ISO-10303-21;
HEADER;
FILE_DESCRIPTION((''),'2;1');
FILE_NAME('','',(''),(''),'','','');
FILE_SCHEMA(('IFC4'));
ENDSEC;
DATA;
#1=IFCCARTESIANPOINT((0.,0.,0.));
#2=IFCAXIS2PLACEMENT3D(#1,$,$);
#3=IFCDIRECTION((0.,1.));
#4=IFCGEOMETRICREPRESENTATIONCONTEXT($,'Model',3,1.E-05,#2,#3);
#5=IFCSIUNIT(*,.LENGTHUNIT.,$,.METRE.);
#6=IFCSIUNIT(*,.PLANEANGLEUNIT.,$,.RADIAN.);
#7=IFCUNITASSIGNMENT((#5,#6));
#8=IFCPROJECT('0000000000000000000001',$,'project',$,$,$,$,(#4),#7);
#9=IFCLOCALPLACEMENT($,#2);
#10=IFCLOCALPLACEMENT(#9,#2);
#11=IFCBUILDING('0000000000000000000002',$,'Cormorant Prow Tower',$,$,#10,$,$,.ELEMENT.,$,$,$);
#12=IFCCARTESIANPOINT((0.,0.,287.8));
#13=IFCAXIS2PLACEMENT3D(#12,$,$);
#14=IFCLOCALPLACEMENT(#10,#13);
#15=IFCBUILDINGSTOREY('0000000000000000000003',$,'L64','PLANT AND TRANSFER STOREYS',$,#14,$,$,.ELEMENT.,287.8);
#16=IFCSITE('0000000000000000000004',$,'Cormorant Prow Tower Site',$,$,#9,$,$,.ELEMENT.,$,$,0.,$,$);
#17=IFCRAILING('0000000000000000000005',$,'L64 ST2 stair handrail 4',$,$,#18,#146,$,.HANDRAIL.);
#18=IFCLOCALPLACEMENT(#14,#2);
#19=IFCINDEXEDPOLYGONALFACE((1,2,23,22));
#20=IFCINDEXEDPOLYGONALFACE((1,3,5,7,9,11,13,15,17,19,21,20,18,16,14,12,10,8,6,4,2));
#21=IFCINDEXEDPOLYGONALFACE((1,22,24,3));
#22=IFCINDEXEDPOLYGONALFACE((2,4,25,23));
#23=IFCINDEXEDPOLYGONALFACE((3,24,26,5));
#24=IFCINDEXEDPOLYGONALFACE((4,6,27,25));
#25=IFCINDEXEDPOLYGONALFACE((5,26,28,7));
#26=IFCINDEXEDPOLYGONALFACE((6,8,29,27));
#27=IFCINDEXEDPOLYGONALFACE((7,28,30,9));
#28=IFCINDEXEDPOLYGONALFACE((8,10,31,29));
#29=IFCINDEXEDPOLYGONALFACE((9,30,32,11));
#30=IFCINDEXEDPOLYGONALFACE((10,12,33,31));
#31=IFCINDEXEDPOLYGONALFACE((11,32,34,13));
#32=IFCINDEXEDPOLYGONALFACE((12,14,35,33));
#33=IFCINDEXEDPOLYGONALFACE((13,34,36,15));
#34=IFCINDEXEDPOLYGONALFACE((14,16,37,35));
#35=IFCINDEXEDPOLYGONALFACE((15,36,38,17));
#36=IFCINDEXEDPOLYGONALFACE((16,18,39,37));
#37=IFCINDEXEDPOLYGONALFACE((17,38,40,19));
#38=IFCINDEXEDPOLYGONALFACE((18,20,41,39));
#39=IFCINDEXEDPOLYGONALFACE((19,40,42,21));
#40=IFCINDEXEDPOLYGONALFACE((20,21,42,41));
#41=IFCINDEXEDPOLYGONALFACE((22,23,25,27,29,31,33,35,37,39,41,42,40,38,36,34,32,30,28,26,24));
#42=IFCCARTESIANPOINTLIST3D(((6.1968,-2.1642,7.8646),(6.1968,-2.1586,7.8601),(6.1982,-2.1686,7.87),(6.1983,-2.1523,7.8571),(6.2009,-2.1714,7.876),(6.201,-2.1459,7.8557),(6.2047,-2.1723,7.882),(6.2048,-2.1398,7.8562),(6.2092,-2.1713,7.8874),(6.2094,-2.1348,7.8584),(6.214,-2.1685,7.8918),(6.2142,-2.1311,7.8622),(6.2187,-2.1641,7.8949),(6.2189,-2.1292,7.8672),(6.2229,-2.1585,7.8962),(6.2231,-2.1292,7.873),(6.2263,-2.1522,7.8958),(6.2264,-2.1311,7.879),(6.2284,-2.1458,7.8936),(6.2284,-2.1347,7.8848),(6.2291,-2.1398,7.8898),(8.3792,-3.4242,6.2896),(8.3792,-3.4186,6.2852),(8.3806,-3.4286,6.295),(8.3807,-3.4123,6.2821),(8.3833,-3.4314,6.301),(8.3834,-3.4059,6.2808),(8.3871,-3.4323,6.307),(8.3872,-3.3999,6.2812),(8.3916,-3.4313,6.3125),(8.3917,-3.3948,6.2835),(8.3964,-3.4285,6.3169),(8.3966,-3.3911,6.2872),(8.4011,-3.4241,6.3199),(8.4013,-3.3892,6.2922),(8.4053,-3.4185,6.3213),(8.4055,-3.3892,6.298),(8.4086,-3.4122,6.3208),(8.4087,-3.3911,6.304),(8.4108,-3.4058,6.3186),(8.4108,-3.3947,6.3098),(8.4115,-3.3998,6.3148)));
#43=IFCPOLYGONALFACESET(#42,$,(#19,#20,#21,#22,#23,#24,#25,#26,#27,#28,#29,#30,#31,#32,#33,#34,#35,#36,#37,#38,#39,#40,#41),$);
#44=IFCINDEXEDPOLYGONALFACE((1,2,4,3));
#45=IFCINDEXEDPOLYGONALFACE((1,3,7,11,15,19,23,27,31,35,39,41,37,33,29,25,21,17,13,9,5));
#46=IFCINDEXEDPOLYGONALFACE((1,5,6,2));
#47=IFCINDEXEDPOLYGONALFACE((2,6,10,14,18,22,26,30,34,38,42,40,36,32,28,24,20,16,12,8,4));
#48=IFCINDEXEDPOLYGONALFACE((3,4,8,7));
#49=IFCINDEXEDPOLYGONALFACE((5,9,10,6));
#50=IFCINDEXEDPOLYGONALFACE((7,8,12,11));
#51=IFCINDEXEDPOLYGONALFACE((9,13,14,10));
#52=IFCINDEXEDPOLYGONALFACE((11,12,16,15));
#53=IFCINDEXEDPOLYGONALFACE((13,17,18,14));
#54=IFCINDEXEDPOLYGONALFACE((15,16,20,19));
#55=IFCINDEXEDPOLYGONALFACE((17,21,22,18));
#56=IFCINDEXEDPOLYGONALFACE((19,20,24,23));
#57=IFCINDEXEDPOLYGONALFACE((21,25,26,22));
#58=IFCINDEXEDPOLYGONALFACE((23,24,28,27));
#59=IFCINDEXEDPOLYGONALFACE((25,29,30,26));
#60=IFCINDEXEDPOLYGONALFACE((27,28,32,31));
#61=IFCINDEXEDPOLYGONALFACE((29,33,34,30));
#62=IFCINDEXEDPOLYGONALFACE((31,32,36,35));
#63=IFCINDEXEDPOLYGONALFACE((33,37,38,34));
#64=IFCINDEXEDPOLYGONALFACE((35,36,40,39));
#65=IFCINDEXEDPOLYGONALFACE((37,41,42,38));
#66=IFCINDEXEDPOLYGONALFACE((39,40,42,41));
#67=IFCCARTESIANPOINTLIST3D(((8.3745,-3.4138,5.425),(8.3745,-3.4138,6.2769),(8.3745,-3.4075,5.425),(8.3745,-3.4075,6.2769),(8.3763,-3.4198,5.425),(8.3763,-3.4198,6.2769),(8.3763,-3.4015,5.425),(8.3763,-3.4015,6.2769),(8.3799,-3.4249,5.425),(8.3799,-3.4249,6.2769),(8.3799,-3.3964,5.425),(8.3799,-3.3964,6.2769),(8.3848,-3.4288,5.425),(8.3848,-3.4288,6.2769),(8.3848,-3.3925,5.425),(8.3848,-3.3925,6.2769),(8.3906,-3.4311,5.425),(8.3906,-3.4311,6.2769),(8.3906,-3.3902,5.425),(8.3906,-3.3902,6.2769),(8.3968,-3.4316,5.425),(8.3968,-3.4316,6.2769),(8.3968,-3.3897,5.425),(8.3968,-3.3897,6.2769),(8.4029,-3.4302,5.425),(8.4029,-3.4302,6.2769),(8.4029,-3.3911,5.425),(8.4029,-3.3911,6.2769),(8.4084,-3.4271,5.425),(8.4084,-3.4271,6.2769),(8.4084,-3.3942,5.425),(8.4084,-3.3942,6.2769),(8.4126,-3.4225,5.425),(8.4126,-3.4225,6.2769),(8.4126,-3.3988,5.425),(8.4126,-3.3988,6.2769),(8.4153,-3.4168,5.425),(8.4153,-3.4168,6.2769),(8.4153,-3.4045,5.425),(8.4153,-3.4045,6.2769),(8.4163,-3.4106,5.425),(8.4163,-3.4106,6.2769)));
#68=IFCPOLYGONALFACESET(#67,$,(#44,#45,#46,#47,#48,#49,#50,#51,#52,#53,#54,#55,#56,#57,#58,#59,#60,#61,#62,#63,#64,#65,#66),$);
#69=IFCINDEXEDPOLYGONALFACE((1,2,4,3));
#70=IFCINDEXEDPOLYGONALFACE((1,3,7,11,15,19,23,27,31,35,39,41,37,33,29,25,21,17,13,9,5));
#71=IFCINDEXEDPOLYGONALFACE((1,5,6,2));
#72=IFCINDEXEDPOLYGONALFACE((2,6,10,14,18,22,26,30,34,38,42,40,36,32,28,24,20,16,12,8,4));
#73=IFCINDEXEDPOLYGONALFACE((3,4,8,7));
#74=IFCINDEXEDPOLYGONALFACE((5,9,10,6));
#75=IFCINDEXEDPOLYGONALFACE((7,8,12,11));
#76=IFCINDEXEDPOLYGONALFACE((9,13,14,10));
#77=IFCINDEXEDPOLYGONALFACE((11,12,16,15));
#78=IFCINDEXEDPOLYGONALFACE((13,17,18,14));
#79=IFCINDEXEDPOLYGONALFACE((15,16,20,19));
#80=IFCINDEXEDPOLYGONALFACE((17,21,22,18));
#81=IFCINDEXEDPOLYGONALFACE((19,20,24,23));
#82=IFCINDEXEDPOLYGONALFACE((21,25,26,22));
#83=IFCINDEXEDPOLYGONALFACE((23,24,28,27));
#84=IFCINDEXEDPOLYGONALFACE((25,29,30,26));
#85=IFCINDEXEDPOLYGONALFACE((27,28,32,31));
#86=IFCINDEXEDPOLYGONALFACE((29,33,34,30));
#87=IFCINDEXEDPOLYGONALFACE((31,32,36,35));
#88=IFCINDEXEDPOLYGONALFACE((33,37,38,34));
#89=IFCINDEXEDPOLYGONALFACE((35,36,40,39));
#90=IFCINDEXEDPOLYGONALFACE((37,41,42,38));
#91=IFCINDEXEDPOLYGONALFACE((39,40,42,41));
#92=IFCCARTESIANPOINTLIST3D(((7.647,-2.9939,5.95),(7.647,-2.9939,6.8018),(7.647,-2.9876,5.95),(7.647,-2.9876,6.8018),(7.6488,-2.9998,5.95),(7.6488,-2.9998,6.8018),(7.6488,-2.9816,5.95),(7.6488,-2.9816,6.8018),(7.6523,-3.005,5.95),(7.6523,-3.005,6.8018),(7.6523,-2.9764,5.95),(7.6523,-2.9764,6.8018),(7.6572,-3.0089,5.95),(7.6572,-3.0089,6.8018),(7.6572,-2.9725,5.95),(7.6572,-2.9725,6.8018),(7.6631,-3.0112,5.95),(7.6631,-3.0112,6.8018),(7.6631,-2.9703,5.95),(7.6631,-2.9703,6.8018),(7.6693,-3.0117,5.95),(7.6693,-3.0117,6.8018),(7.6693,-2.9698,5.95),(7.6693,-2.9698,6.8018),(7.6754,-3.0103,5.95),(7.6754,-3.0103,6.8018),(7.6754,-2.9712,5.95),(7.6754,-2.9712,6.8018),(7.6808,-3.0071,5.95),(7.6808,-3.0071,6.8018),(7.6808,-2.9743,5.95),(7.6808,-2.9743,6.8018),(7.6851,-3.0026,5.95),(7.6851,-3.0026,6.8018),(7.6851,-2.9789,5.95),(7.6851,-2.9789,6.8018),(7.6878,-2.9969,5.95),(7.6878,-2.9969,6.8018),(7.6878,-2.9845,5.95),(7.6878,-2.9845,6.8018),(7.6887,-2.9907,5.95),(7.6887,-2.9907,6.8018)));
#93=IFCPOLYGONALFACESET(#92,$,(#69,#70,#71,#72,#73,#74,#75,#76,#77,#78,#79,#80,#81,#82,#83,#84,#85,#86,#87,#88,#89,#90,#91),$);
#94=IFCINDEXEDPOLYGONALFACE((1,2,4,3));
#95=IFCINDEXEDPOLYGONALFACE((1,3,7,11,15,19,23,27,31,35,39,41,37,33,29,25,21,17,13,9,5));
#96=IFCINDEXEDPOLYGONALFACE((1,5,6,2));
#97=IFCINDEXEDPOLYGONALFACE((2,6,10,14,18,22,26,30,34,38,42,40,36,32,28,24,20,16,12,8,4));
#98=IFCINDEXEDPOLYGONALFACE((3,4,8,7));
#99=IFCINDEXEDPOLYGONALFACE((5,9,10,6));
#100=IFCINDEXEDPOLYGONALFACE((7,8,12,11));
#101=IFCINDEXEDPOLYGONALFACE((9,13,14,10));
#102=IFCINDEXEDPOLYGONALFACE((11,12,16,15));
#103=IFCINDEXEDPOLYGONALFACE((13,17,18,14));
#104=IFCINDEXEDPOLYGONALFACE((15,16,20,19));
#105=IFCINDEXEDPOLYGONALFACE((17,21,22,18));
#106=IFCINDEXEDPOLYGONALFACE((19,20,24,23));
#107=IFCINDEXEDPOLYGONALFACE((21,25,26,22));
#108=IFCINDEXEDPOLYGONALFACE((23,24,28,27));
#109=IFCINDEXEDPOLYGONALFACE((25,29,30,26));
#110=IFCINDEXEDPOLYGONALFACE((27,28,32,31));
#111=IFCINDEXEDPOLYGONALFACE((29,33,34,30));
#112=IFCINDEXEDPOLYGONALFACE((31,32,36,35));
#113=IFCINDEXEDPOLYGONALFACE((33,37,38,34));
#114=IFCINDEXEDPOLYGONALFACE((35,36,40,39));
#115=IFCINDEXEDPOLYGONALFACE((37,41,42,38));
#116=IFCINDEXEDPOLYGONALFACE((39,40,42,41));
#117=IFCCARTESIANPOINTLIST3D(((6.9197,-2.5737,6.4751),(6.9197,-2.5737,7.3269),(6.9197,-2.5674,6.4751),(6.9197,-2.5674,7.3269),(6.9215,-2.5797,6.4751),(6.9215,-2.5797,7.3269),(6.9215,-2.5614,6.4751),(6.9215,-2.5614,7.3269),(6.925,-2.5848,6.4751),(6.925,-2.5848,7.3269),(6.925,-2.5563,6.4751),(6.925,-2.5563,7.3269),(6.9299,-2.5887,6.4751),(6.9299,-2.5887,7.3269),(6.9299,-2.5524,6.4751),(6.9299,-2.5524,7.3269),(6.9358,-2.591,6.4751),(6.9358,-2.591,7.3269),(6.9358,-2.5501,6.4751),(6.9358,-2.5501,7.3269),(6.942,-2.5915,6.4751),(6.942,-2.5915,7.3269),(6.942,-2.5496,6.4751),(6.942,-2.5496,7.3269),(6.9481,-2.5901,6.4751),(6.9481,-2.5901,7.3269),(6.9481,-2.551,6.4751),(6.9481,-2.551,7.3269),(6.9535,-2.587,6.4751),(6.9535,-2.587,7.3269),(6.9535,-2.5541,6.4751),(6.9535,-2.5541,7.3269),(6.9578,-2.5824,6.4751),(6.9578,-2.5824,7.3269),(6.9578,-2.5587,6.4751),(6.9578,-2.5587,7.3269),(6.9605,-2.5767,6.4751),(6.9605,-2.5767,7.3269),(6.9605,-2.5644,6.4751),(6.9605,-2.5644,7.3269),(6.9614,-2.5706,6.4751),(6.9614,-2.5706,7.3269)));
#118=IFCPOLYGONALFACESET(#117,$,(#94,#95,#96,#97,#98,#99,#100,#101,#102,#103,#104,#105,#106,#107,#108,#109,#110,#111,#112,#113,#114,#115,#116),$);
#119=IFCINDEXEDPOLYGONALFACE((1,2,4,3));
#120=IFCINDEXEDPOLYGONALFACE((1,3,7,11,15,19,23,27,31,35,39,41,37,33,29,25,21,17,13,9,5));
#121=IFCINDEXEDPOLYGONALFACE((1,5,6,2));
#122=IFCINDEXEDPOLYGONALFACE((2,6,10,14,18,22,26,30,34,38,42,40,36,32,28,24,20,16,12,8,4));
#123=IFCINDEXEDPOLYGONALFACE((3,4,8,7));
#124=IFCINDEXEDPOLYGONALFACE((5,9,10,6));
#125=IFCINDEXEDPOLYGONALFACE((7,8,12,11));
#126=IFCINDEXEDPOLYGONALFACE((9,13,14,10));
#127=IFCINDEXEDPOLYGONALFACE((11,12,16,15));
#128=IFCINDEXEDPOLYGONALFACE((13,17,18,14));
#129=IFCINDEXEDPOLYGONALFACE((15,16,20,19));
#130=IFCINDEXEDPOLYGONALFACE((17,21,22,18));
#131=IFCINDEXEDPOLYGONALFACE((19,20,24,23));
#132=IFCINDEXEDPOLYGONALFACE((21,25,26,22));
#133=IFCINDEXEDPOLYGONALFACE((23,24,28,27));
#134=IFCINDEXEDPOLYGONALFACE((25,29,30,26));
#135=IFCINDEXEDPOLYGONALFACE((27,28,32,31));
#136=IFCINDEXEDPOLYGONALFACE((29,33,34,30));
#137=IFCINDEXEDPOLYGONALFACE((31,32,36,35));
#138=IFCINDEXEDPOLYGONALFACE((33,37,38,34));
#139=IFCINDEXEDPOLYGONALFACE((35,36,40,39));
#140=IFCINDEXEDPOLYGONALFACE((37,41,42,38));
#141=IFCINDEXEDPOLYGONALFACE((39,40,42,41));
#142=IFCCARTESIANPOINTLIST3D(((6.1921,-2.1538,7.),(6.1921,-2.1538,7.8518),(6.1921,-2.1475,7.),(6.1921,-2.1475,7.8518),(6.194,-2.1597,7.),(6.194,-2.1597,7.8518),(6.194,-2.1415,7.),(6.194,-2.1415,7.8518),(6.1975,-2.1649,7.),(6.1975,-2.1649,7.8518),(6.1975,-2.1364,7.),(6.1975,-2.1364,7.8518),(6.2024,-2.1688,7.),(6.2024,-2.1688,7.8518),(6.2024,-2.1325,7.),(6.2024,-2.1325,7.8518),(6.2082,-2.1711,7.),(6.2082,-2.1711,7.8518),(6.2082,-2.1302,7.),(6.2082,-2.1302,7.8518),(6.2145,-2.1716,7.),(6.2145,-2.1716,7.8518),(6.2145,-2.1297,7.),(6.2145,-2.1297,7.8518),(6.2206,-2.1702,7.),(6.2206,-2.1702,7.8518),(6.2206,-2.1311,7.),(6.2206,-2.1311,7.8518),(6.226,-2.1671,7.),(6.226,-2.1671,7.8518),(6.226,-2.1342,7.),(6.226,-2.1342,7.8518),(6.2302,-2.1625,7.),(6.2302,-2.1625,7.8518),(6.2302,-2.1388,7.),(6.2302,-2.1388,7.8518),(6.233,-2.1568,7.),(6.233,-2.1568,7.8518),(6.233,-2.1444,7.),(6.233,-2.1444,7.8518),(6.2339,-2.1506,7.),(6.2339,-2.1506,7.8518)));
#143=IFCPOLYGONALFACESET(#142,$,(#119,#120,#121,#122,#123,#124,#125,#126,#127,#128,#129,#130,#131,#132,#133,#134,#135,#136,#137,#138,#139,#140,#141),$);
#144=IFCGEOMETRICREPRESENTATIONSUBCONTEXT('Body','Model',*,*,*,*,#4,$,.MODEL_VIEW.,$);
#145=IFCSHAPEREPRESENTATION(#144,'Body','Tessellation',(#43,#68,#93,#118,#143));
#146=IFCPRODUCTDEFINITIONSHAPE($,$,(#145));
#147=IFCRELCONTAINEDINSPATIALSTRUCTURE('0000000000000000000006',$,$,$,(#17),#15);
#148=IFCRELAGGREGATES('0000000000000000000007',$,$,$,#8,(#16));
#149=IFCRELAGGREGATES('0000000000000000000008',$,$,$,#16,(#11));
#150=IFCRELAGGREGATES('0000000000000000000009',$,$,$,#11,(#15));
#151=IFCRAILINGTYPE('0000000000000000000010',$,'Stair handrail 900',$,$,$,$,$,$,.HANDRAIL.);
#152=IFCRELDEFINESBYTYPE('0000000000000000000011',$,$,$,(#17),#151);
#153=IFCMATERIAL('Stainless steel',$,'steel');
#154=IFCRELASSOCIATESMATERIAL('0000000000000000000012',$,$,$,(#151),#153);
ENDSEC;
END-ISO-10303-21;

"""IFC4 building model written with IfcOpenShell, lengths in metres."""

from ifc_helpers import new_model, si_unit, direction, frame, origin, origin_2d, place, context, subcontext, project, spatial, circle, extrude, material, type_object, element, save


model = new_model("IFC4")

# Units and contexts
model_context = context("Model", 3, precision=1e-05, world=origin(), true_north=direction((0.0, 1.0)))
body_context = subcontext(model_context, "Body", "Model", "MODEL_VIEW")
ifc_project = project(units=[si_unit("LENGTHUNIT", "METRE"), si_unit("PLANEANGLEUNIT", "RADIAN")], contexts=[model_context])

# Site, building, storey
site_placement = place(None, origin())
site = spatial("IfcSite", under=ifc_project, at=site_placement, Name="Cormorant Prow Tower Site", CompositionType="ELEMENT", RefElevation=0.0)
building_placement = place(site_placement, origin())
building = spatial("IfcBuilding", under=site, at=building_placement, Name="Cormorant Prow Tower", CompositionType="ELEMENT")
storey_placement = place(building_placement, frame((0.0, 0.0, 287.8)))
storey = spatial("IfcBuildingStorey", under=building, at=storey_placement, Name="L64", Description="PLANT AND TRANSFER STOREYS", CompositionType="ELEMENT", Elevation=287.8)

# Railing
ifc_material_1 = material(Name="Stainless steel", Category="steel")
railing_type_1 = type_object("IfcRailingType", Name="Stair handrail 900", PredefinedType="HANDRAIL", material=ifc_material_1)
for number, where, name in (
    (1, (8.3953, -3.4106, 5.425), "L64 ST2 stair handrail 4"),
):
    element("IfcRailing", number, at=place(storey_placement, frame(where)), inside=storey, type_object=railing_type_1, Name=name, PredefinedType="HANDRAIL", context=body_context, shape_type="SweptSolid", body=[
        extrude(circle(Radius=0.0239, at=origin_2d()), frame((0.0, 0.0, 0.876), z_axis=(-0.734392, 0.424007, 0.529988), x_axis=(-0.500005, -0.866023, 0.0)), (0.0, 0.0, 1.0), 2.9717),
        extrude(circle(Radius=0.021, at=origin_2d()), origin(), (0.0, 0.0, 1.0), 0.8518),
        extrude(circle(Radius=0.021, at=origin_2d()), frame((-0.7275, 0.4199, 0.5249)), (0.0, 0.0, 1.0), 0.8518),
        extrude(circle(Radius=0.021, at=origin_2d()), frame((-1.4548, 0.8401, 1.05)), (0.0, 0.0, 1.0), 0.8518),
        extrude(circle(Radius=0.021, at=origin_2d()), frame((-2.1824, 1.26, 1.575)), (0.0, 0.0, 1.0), 0.8518),
    ])

save(model, "model.ifc")
